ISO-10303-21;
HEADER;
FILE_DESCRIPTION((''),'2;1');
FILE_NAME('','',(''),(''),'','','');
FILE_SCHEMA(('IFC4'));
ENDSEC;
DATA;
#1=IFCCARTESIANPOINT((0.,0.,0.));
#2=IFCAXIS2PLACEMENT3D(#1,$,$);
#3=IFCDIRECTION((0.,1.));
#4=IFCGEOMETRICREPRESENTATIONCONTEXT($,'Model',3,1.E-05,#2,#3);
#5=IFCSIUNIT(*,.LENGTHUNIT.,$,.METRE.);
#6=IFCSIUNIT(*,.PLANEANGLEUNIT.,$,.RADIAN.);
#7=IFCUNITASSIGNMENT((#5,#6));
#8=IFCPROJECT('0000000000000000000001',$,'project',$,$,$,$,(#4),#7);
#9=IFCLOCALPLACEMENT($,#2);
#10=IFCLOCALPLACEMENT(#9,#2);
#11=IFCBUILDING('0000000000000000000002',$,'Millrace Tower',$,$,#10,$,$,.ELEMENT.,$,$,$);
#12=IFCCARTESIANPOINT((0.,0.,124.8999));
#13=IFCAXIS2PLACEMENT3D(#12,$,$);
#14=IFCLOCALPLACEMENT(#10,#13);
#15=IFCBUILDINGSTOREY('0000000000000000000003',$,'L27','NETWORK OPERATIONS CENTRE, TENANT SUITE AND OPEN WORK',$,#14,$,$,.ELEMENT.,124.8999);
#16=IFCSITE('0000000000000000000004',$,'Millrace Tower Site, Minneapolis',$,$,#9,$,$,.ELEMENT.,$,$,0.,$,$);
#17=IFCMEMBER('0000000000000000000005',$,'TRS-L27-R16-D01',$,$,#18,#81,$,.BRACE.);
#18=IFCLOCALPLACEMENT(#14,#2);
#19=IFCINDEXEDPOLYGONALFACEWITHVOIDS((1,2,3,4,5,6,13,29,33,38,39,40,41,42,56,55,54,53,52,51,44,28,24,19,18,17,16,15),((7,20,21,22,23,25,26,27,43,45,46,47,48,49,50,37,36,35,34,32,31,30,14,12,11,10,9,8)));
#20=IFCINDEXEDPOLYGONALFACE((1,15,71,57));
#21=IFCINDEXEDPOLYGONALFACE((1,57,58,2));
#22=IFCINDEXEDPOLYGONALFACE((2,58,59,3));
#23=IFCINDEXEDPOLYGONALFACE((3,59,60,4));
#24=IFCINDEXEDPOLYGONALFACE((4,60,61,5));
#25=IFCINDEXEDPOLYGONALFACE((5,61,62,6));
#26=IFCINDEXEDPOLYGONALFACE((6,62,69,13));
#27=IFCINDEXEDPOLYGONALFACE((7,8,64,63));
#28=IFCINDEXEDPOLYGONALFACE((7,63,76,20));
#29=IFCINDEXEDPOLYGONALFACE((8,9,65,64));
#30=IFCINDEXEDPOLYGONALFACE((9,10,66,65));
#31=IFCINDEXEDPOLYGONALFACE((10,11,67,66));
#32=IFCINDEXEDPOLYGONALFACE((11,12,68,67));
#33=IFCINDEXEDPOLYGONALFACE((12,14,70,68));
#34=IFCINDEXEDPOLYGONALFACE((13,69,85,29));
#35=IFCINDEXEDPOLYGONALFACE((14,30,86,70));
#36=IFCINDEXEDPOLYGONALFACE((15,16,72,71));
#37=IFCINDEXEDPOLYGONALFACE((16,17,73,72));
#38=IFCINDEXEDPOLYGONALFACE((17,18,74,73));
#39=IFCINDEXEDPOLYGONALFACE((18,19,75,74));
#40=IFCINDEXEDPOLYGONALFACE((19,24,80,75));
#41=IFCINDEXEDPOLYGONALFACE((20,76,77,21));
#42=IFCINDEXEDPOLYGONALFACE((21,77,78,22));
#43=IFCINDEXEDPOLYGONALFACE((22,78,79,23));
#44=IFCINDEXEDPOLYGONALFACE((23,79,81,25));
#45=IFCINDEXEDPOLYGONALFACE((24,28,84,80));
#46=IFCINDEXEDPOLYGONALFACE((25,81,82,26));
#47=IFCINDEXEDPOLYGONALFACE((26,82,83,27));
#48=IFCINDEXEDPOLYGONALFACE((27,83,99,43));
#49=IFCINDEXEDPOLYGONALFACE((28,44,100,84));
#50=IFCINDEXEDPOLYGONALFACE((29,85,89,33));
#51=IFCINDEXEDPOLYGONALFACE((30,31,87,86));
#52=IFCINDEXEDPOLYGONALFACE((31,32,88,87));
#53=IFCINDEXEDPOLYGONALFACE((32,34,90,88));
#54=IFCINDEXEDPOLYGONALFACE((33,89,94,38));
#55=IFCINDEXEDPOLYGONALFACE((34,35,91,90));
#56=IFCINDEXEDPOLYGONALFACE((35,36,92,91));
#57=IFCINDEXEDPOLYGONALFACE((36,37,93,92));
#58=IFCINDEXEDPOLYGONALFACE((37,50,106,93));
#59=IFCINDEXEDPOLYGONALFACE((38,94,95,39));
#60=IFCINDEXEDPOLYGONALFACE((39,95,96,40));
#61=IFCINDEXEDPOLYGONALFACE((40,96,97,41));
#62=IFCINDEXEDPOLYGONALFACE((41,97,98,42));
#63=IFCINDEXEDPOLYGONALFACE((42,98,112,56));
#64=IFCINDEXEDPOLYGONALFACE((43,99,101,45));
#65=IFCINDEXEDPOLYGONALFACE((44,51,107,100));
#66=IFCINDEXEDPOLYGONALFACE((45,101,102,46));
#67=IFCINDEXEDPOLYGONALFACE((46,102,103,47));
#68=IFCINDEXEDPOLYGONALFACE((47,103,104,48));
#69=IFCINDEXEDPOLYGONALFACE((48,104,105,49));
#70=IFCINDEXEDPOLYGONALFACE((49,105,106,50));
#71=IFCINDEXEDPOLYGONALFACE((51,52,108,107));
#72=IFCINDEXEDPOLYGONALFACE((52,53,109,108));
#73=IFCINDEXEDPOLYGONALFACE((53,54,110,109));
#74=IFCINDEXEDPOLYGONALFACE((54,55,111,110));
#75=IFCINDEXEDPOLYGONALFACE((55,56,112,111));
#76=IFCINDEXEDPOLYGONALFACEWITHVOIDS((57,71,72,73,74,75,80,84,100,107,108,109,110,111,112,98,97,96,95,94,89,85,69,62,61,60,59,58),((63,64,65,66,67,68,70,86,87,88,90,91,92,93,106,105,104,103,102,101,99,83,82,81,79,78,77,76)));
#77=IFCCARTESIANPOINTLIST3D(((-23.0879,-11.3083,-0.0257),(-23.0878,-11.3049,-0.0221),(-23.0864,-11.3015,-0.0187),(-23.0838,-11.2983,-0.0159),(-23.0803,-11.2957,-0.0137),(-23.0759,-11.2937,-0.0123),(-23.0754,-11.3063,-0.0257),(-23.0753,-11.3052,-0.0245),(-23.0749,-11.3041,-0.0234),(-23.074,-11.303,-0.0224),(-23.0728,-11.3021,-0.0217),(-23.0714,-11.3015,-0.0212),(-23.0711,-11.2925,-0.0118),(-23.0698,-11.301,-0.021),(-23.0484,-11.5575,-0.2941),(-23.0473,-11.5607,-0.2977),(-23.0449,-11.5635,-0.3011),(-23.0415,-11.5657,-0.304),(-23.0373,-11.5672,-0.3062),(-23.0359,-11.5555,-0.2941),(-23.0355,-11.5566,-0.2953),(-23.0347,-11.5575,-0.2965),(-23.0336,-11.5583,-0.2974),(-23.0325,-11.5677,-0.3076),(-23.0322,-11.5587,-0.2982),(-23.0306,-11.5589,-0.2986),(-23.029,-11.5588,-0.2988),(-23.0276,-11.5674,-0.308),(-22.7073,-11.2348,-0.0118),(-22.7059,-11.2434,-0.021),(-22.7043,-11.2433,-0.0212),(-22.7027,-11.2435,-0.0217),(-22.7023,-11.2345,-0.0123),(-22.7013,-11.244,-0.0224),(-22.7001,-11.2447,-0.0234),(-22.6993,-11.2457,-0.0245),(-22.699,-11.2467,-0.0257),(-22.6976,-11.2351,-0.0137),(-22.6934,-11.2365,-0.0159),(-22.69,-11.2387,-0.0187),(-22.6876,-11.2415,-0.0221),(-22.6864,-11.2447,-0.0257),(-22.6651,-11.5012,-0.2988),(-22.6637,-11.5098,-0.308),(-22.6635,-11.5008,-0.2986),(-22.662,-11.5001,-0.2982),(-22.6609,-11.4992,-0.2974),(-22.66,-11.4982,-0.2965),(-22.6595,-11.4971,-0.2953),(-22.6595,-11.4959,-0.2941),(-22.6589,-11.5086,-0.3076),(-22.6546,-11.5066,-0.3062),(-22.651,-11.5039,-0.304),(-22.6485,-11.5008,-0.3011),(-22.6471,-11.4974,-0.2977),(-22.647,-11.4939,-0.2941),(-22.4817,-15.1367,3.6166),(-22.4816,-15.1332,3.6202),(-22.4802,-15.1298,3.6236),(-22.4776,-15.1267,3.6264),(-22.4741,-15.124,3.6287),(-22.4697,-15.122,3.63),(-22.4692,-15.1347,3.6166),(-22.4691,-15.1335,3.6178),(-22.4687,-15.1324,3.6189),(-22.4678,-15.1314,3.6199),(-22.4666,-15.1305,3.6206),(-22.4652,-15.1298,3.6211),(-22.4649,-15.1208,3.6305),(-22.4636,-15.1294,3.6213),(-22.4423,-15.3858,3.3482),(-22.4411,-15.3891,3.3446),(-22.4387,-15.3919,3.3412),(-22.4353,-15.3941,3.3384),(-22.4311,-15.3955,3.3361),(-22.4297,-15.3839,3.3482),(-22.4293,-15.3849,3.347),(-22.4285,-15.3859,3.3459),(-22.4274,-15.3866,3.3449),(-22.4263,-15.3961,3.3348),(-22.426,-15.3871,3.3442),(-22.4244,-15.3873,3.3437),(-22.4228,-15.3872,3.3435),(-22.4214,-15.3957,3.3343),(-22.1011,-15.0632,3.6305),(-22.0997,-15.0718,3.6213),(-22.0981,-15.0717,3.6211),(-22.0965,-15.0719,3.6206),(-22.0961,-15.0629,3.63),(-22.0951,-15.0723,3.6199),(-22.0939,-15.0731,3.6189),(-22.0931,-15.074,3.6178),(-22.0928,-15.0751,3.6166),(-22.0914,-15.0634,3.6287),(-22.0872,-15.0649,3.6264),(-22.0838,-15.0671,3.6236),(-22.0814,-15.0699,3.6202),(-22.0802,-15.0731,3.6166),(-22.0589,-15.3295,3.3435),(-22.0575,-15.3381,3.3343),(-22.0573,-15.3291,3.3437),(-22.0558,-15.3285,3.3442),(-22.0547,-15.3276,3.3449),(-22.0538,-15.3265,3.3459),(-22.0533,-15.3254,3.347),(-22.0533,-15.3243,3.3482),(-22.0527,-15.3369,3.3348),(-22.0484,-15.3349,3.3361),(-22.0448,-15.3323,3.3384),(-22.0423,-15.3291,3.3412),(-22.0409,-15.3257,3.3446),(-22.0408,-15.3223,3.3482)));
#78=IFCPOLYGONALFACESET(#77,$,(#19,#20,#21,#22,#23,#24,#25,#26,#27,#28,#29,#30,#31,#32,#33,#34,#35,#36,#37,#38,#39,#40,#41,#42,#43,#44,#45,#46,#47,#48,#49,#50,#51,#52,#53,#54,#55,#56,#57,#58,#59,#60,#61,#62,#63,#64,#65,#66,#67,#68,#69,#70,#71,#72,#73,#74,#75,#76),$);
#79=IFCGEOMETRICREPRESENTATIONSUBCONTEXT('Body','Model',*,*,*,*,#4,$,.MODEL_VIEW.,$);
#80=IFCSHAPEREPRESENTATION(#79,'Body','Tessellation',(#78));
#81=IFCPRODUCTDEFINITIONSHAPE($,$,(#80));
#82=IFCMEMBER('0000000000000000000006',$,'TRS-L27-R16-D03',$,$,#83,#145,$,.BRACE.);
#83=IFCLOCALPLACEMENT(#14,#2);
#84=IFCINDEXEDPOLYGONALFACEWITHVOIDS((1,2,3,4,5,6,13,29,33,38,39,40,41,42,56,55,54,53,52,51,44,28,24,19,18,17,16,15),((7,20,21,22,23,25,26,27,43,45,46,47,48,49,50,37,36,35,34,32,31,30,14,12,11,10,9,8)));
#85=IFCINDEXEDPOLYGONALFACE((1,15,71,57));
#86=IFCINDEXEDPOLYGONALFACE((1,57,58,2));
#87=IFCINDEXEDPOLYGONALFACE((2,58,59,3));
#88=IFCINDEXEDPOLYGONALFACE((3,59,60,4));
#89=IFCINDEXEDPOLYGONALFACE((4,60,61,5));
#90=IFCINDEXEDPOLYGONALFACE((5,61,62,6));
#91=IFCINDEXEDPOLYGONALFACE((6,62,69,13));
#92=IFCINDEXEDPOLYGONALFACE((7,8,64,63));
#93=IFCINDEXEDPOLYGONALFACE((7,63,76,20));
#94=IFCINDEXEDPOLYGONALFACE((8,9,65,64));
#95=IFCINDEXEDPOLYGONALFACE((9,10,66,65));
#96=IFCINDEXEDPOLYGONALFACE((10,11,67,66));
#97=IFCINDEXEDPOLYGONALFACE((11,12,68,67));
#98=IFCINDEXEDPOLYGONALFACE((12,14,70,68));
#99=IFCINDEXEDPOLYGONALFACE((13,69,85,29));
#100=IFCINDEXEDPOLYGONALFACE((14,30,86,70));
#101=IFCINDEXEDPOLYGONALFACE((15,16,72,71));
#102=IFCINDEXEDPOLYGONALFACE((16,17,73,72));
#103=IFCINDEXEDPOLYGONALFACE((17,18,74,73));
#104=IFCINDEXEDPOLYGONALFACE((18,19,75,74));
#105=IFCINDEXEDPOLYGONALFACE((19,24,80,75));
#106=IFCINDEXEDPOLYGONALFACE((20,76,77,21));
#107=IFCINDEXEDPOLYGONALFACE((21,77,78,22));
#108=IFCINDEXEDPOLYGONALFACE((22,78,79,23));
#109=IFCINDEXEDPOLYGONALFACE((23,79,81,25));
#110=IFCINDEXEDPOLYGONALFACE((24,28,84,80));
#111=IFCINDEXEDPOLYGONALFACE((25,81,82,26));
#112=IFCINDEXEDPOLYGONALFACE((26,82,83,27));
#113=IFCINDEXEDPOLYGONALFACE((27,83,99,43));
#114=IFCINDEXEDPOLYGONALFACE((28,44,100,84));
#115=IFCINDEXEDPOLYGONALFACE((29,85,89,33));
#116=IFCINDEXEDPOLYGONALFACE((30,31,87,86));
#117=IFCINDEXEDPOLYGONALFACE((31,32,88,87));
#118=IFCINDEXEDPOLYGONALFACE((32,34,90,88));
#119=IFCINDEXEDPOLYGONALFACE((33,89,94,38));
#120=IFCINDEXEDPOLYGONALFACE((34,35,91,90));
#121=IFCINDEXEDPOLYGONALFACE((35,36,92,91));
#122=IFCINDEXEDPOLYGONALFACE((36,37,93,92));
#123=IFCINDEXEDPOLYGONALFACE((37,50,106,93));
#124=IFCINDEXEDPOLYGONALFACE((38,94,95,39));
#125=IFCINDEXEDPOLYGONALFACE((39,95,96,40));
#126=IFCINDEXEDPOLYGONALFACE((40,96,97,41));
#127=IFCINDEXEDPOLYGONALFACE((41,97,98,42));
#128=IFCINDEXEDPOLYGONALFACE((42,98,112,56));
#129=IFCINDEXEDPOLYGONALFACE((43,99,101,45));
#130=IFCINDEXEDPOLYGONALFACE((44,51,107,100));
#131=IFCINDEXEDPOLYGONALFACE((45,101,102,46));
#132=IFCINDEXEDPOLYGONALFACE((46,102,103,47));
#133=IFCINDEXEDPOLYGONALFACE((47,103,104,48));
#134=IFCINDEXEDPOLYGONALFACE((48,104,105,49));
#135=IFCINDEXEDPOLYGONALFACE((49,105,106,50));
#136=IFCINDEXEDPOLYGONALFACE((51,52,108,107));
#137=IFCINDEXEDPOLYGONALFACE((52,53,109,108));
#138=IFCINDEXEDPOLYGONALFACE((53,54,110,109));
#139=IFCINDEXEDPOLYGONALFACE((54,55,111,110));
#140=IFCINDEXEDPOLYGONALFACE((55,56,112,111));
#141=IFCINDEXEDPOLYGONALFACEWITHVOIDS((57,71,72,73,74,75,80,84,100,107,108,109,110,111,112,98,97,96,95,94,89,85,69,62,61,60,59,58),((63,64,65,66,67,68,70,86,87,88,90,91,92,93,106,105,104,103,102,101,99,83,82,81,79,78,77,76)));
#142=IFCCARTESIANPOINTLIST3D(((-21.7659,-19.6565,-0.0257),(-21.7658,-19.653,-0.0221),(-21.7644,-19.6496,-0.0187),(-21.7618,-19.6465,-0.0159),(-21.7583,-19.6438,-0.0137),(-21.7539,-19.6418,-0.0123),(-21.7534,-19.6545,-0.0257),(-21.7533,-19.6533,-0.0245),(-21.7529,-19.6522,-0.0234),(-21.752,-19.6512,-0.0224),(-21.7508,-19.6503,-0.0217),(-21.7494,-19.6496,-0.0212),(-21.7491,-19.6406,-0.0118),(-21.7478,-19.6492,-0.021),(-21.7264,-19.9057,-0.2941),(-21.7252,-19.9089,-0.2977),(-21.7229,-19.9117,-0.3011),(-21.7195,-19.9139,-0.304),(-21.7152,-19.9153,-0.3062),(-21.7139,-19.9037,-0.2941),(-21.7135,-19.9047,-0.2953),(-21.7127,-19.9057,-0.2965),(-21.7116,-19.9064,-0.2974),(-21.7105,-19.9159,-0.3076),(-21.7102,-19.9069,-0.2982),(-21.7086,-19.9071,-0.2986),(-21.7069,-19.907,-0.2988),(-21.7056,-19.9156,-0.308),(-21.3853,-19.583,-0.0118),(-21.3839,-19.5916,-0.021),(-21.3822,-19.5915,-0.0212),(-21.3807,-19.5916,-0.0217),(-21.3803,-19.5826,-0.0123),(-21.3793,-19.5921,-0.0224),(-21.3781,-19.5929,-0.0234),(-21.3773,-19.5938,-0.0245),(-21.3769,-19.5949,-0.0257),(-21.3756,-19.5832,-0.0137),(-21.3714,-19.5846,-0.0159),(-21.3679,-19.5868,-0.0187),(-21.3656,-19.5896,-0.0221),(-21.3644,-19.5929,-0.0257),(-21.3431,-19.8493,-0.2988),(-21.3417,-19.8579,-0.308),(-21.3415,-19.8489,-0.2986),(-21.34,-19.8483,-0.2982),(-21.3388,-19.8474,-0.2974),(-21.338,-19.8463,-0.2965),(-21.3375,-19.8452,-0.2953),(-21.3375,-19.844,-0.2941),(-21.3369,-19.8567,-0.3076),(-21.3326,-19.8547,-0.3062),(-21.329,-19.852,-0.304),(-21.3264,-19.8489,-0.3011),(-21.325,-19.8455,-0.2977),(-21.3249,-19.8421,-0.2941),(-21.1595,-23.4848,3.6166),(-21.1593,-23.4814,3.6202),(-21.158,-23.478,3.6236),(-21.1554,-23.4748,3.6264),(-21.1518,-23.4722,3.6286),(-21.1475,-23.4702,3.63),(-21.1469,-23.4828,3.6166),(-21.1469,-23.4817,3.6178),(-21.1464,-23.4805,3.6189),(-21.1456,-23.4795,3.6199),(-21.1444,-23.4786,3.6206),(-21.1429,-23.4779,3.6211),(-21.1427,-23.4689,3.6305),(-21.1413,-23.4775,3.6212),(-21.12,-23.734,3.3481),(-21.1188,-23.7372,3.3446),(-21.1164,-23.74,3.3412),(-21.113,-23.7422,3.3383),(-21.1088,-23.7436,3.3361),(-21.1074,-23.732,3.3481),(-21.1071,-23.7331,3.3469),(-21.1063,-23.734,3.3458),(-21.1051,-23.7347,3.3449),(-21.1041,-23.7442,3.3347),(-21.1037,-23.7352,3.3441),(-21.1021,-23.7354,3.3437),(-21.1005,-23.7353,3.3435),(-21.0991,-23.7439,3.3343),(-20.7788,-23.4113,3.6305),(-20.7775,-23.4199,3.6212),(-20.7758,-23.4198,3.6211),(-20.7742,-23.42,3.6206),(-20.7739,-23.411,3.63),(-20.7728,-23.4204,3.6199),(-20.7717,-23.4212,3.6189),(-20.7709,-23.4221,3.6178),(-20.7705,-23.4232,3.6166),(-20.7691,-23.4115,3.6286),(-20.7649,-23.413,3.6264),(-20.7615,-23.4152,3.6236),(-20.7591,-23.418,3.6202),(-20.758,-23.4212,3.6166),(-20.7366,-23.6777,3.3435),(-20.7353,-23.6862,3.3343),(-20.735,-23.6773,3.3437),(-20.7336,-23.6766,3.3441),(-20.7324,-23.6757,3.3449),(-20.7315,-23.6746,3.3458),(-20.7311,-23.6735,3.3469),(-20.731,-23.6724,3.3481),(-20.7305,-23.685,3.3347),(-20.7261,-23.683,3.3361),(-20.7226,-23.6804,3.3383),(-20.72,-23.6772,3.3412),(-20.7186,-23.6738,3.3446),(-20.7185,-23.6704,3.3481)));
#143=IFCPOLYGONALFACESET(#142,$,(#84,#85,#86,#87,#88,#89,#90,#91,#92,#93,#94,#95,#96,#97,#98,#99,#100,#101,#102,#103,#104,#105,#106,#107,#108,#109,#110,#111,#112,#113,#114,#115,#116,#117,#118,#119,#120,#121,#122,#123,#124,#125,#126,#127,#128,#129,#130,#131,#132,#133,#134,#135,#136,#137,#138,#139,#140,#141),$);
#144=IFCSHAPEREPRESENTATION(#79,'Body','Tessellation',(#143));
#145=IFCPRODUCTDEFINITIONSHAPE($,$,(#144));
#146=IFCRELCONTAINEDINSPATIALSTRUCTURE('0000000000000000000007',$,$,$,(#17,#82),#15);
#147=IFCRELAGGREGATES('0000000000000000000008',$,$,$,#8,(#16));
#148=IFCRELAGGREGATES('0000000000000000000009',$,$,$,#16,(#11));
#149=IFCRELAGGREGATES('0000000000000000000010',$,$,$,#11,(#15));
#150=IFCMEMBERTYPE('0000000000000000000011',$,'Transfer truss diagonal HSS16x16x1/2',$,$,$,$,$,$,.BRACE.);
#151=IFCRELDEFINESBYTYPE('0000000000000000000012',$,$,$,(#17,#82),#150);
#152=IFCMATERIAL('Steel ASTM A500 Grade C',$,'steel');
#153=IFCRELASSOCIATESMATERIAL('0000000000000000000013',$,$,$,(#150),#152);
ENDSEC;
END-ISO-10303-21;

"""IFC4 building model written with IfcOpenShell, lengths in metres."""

from ifc_helpers import new_model, si_unit, direction, frame, origin, origin_2d, place, context, subcontext, project, spatial, hollow_rectangle, extrude, material, material_profile, profile_set, type_object, element, save


model = new_model("IFC4")

# Units and contexts
model_context = context("Model", 3, precision=1e-05, world=origin(), true_north=direction((0.0, 1.0)))
body_context = subcontext(model_context, "Body", "Model", "MODEL_VIEW")
ifc_project = project(units=[si_unit("LENGTHUNIT", "METRE"), si_unit("PLANEANGLEUNIT", "RADIAN")], contexts=[model_context])

# Site, building, storey
site_placement = place(None, origin())
site = spatial("IfcSite", under=ifc_project, at=site_placement, Name="Millrace Tower Site, Minneapolis", CompositionType="ELEMENT", RefElevation=0.0)
building_placement = place(site_placement, origin())
building = spatial("IfcBuilding", under=site, at=building_placement, Name="Millrace Tower", CompositionType="ELEMENT")
storey_placement = place(building_placement, frame((0.0, 0.0, 124.8999)))
storey = spatial("IfcBuildingStorey", under=building, at=storey_placement, Name="L27", Description="NETWORK OPERATIONS CENTRE, TENANT SUITE AND OPEN WORK", CompositionType="ELEMENT", Elevation=124.8999)

# Members
ifc_material_1 = material(Name="Steel ASTM A500 Grade C", Category="steel")
ifc_material_profile_1 = material_profile(ifc_material_1, hollow_rectangle(XDim=0.4065, YDim=0.4065, WallThickness=0.0127, InnerFilletRadius=0.0063, OuterFilletRadius=0.019, at=origin_2d()))
ifc_profile_set_1 = profile_set([ifc_material_profile_1], Name="Steel ASTM A500 Grade C")
member_type_1 = type_object("IfcMemberType", Name="Transfer truss diagonal HSS16x16x1/2", PredefinedType="BRACE", material=ifc_profile_set_1)
for number, where, z_axis, x_axis, name in (
    (1, (-22.8674, -11.4011, -0.1599), (0.113972, -0.71977, 0.684793), (0.987694, 0.156396, 0.0), "TRS-L27-R16-D01"),
    (2, (-21.5454, -19.7493, -0.1599), (0.114017, -0.719766, 0.68479), (0.987685, 0.156457, 0.0), "TRS-L27-R16-D03"),
):
    element("IfcMember", number, at=place(storey_placement, frame(where, z_axis=z_axis, x_axis=x_axis)), inside=storey, type_object=member_type_1, Name=name, PredefinedType="BRACE", context=body_context, shape_type="SweptSolid", body=[
        extrude(hollow_rectangle(XDim=0.4065, YDim=0.4065, WallThickness=0.0127, InnerFilletRadius=0.0063, OuterFilletRadius=0.019, at=origin_2d()), origin(), (0.0, 0.0, 1.0), 5.3188),
    ])

save(model, "model.ifc")
